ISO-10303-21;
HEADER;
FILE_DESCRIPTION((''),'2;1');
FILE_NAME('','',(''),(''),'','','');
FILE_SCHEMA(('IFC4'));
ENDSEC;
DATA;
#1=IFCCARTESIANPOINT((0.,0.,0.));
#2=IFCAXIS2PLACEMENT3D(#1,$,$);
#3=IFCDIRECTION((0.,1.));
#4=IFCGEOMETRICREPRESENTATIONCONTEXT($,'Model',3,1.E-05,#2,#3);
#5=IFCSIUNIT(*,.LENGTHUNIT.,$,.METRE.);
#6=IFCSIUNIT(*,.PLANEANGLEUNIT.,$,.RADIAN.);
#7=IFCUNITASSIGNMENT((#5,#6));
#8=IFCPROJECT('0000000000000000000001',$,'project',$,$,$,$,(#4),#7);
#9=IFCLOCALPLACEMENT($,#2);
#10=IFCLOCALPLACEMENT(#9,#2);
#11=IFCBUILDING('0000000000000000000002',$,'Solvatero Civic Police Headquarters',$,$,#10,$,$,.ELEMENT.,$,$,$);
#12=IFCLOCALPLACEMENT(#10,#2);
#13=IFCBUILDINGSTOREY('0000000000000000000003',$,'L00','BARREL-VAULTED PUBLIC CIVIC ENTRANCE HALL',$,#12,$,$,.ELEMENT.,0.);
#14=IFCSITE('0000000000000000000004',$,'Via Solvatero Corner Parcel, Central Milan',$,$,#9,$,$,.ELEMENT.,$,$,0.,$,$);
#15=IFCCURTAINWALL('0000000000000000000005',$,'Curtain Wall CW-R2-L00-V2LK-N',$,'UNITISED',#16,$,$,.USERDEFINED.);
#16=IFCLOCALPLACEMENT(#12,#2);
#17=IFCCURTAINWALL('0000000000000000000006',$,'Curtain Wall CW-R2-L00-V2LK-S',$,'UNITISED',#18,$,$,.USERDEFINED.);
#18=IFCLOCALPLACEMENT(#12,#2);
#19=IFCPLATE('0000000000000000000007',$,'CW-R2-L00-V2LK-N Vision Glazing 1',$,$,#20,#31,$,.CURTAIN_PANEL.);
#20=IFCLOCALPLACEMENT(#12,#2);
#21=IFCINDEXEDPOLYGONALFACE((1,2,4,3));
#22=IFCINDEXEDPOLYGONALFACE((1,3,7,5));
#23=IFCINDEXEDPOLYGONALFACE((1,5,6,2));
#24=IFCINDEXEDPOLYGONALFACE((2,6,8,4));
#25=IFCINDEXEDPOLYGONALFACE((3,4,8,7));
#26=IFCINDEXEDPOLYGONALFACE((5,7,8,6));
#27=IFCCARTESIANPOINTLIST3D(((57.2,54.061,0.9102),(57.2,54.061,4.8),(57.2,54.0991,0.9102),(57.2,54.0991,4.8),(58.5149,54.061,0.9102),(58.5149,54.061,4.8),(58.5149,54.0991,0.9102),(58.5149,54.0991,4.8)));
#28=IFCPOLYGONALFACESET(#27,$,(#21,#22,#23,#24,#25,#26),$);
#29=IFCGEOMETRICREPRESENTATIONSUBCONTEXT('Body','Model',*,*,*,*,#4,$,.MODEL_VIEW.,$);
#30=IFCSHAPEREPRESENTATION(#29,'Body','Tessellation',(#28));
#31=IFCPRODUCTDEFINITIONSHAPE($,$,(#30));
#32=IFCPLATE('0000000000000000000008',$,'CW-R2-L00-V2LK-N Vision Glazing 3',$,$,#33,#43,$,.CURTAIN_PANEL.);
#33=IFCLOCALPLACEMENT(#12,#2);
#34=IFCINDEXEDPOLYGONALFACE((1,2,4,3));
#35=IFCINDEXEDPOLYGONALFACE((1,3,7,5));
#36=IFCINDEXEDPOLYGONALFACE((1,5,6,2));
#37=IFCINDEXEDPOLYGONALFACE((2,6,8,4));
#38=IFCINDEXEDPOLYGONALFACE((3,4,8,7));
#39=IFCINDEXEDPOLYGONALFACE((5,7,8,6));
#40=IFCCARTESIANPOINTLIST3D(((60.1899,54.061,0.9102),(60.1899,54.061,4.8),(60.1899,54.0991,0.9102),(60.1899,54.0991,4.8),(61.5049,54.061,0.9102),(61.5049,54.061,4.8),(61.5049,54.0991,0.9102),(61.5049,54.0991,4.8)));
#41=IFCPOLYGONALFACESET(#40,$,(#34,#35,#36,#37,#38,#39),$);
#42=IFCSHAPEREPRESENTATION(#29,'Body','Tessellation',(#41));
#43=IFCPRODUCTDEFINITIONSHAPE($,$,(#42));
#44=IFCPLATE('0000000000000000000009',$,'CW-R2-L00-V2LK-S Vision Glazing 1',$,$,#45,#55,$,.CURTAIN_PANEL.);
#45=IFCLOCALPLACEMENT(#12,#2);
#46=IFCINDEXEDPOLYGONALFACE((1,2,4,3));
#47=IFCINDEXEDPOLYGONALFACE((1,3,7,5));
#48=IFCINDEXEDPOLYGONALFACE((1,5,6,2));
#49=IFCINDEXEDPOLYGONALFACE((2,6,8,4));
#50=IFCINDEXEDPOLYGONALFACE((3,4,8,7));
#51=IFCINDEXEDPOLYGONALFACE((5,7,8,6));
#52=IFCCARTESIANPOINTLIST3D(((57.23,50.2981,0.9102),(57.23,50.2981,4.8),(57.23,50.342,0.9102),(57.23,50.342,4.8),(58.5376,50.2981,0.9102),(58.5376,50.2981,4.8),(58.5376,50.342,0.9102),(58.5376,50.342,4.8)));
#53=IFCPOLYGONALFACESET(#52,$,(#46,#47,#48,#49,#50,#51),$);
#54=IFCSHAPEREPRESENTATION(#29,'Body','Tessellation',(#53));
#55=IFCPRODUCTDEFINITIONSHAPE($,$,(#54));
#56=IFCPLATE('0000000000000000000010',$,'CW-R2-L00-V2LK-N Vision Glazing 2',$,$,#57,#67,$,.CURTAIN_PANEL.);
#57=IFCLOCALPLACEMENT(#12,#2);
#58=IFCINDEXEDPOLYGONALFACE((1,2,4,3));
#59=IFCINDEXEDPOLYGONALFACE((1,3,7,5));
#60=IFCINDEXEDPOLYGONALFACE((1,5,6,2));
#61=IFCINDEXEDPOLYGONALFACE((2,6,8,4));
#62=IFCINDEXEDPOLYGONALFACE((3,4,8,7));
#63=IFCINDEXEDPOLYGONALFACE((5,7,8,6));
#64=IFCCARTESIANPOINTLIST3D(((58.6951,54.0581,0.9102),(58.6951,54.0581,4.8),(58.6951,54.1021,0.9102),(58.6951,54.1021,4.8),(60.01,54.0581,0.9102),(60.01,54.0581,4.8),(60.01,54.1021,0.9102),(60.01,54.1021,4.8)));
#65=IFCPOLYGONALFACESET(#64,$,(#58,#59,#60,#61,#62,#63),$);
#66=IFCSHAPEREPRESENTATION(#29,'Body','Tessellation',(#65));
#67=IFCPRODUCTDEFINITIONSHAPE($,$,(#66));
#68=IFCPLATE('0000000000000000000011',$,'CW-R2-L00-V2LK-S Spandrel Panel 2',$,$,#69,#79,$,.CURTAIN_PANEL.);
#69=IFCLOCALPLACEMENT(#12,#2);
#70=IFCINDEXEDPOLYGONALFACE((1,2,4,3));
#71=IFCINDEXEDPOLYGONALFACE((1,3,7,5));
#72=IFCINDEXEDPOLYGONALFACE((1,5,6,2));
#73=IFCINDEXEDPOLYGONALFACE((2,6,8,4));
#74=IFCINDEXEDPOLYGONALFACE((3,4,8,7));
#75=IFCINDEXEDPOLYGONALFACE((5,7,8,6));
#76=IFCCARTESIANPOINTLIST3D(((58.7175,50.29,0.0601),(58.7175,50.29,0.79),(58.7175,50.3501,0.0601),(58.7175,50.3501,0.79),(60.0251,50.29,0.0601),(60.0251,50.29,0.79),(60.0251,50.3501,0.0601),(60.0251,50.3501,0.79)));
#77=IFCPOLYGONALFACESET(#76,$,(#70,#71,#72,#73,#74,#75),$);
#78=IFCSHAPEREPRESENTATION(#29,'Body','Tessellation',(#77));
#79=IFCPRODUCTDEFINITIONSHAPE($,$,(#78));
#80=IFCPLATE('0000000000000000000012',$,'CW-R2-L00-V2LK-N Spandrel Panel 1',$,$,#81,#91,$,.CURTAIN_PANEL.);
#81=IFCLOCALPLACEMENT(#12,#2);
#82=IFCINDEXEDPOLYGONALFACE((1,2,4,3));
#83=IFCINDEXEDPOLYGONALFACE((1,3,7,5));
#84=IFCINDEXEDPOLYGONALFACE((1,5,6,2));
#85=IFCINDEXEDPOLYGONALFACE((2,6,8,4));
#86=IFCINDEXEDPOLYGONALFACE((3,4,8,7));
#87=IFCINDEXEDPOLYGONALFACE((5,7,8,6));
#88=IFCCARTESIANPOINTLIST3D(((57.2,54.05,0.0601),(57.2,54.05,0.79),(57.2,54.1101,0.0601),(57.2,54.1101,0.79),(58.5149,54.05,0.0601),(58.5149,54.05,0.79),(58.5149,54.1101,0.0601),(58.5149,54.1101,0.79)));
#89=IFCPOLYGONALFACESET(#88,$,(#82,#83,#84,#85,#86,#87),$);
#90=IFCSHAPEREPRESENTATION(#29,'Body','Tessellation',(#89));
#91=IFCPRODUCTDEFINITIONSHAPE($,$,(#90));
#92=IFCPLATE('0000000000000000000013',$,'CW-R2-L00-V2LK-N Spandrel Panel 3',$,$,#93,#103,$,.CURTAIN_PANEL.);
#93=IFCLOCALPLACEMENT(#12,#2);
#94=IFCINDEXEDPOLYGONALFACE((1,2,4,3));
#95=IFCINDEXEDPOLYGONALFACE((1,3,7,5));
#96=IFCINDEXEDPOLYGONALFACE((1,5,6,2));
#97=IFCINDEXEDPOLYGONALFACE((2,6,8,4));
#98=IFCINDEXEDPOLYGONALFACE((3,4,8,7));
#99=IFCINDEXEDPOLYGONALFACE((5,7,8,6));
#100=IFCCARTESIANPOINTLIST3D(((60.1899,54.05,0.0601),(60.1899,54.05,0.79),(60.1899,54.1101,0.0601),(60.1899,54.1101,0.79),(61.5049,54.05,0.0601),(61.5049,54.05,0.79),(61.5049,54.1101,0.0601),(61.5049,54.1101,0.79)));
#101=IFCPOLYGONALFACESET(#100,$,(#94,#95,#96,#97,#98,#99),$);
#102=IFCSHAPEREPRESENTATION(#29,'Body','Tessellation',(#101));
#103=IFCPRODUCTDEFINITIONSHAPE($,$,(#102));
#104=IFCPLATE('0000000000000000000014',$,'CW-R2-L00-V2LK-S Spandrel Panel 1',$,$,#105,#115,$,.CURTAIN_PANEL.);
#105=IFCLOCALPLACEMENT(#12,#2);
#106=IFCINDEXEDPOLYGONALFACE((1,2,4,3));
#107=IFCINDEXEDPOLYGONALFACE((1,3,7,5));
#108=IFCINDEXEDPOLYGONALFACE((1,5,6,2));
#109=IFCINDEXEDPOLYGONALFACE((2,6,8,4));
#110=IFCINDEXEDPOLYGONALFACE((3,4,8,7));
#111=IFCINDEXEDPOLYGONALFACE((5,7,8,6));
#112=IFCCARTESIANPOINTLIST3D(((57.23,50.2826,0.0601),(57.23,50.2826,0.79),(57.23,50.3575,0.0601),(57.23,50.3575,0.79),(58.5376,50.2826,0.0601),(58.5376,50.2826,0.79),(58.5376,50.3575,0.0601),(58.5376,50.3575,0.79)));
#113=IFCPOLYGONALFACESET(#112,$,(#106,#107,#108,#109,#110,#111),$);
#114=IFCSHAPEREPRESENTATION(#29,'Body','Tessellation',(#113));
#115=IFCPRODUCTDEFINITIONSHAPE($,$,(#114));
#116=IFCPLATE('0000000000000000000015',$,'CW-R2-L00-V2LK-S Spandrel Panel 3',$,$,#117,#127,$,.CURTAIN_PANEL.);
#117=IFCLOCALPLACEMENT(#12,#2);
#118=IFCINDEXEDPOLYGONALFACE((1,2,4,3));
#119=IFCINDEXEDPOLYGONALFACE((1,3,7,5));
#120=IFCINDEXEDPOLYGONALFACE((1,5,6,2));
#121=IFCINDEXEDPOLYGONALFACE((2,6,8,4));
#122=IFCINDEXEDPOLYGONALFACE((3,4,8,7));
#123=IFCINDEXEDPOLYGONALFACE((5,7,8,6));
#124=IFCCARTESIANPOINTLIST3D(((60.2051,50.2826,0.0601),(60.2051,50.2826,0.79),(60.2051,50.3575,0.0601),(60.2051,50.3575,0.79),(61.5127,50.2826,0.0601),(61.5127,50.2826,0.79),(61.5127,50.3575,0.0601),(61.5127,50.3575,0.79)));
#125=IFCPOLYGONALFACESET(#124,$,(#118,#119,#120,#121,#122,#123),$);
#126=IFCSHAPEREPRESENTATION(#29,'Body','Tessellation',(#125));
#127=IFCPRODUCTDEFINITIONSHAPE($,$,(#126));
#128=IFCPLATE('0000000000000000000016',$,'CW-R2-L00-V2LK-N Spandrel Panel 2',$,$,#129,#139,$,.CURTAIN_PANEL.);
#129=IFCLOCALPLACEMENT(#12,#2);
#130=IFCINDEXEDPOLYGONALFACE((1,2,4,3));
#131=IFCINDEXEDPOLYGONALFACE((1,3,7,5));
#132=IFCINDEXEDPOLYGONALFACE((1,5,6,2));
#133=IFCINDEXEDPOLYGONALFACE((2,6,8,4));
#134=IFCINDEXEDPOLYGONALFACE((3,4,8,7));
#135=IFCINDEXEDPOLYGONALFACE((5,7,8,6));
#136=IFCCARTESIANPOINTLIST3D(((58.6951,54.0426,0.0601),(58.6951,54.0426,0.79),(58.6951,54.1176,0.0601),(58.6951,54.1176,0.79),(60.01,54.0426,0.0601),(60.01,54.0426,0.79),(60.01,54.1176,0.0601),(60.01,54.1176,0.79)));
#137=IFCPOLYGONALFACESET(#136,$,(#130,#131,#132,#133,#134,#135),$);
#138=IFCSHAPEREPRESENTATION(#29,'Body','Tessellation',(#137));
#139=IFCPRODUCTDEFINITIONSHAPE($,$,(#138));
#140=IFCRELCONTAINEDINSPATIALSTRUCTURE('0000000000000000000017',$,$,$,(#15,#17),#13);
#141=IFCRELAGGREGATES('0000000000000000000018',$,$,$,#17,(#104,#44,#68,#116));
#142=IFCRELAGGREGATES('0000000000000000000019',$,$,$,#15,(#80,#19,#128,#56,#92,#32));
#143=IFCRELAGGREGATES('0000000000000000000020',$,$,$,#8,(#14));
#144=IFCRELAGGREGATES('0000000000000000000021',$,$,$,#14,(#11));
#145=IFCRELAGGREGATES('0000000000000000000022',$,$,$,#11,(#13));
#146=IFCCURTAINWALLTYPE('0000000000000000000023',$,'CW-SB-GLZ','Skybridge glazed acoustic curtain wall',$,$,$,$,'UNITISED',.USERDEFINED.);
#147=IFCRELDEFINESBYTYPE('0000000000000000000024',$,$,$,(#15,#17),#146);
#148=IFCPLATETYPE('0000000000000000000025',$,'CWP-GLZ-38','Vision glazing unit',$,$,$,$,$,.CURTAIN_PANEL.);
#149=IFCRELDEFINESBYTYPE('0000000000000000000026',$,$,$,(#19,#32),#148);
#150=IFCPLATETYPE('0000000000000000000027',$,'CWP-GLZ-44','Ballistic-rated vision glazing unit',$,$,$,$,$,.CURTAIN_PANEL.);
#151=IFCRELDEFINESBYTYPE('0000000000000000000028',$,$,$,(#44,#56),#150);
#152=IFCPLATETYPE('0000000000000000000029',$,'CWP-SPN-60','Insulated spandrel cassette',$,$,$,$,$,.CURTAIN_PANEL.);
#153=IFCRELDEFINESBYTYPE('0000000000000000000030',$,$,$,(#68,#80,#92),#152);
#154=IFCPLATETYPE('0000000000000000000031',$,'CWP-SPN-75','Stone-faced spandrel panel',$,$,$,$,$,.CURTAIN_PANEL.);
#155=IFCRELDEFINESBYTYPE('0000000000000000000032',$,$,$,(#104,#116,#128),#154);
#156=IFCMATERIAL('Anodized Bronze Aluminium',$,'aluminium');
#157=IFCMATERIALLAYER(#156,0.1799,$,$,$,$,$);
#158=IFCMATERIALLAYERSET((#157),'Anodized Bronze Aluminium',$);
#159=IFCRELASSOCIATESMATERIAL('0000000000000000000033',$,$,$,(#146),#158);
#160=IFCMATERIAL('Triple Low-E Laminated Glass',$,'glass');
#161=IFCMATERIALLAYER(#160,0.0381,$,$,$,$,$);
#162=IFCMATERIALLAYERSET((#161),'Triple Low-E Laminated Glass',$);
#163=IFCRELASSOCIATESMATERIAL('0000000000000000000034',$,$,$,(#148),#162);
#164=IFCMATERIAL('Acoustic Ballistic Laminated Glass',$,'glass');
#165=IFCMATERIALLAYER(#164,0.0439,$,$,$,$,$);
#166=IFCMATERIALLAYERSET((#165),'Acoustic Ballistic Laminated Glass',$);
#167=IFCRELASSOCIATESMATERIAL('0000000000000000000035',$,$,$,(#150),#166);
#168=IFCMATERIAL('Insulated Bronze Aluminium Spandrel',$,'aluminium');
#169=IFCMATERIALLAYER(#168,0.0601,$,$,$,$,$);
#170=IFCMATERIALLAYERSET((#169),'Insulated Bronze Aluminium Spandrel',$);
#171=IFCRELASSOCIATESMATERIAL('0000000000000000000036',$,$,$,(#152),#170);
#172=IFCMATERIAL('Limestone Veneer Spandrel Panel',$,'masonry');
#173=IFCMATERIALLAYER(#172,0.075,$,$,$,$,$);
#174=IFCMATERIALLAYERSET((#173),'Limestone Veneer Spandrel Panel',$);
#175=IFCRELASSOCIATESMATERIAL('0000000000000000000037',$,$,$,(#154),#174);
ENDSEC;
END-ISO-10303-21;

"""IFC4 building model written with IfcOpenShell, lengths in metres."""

from ifc_helpers import new_model, si_unit, direction, frame, origin, origin_2d, place, context, subcontext, project, spatial, rectangle, extrude, material, layer, layer_set, type_object, element, aggregate, save


model = new_model("IFC4")

# Units and contexts
model_context = context("Model", 3, precision=1e-05, world=origin(), true_north=direction((0.0, 1.0)))
body_context = subcontext(model_context, "Body", "Model", "MODEL_VIEW")
ifc_project = project(units=[si_unit("LENGTHUNIT", "METRE"), si_unit("PLANEANGLEUNIT", "RADIAN")], contexts=[model_context])

# Site, building, storey
site_placement = place(None, origin())
site = spatial("IfcSite", under=ifc_project, at=site_placement, Name="Via Solvatero Corner Parcel, Central Milan", CompositionType="ELEMENT", RefElevation=0.0)
building_placement = place(site_placement, origin())
building = spatial("IfcBuilding", under=site, at=building_placement, Name="Solvatero Civic Police Headquarters", CompositionType="ELEMENT")
storey_placement = place(building_placement, origin())
storey = spatial("IfcBuildingStorey", under=building, at=storey_placement, Name="L00", Description="BARREL-VAULTED PUBLIC CIVIC ENTRANCE HALL", CompositionType="ELEMENT", Elevation=0.0)

# Curtain wall
ifc_material_1 = material(Name="Anodized Bronze Aluminium", Category="aluminium")
ifc_layer_1 = layer(ifc_material_1, 0.1799)
ifc_layer_set_1 = layer_set([ifc_layer_1], Name="Anodized Bronze Aluminium")
curtain_wall_type_1 = type_object("IfcCurtainWallType", Name="CW-SB-GLZ", Description="Skybridge glazed acoustic curtain wall", ElementType="UNITISED", PredefinedType="USERDEFINED", material=ifc_layer_set_1)
curtain_wall_1_placement = place(storey_placement, origin())
curtain_wall_1 = element("IfcCurtainWall", 1, at=curtain_wall_1_placement, inside=storey, type_object=curtain_wall_type_1, Name="Curtain Wall CW-R2-L00-V2LK-N", ObjectType="UNITISED", PredefinedType="USERDEFINED")

# Curtain wall
curtain_wall_2_placement = place(storey_placement, origin())
curtain_wall_2 = element("IfcCurtainWall", 2, at=curtain_wall_2_placement, inside=storey, type_object=curtain_wall_type_1, Name="Curtain Wall CW-R2-L00-V2LK-S", ObjectType="UNITISED", PredefinedType="USERDEFINED")

# Plates
ifc_material_2 = material(Name="Triple Low-E Laminated Glass", Category="glass")
ifc_layer_2 = layer(ifc_material_2, 0.0381)
ifc_layer_set_2 = layer_set([ifc_layer_2], Name="Triple Low-E Laminated Glass")
plate_type_1 = type_object("IfcPlateType", Name="CWP-GLZ-38", Description="Vision glazing unit", PredefinedType="CURTAIN_PANEL", material=ifc_layer_set_2)
plate_1_placement = place(storey_placement, frame((57.8574, 54.0801, 0.9102), z_axis=(0.0, 0.0, 1.0), x_axis=(1.0, 0.0, 0.0)))
plate_1 = element("IfcPlate", 3, at=plate_1_placement, type_object=plate_type_1, Name="CW-R2-L00-V2LK-N Vision Glazing 1", PredefinedType="CURTAIN_PANEL", context=body_context, shape_type="SweptSolid", body=[
    extrude(rectangle(XDim=1.3149, YDim=0.0381, at=origin_2d()), origin(), (0.0, 0.0, 1.0), 3.8899),
])
plate_2_placement = place(storey_placement, frame((60.8474, 54.0801, 0.9102), z_axis=(0.0, 0.0, 1.0), x_axis=(1.0, 0.0, 0.0)))
plate_2 = element("IfcPlate", 4, at=plate_2_placement, type_object=plate_type_1, Name="CW-R2-L00-V2LK-N Vision Glazing 3", PredefinedType="CURTAIN_PANEL", context=body_context, shape_type="SweptSolid", body=[
    extrude(rectangle(XDim=1.3149, YDim=0.0381, at=origin_2d()), origin(), (0.0, 0.0, 1.0), 3.8899),
])
ifc_material_3 = material(Name="Acoustic Ballistic Laminated Glass", Category="glass")
ifc_layer_3 = layer(ifc_material_3, 0.0439)
ifc_layer_set_3 = layer_set([ifc_layer_3], Name="Acoustic Ballistic Laminated Glass")
plate_type_2 = type_object("IfcPlateType", Name="CWP-GLZ-44", Description="Ballistic-rated vision glazing unit", PredefinedType="CURTAIN_PANEL", material=ifc_layer_set_3)
plate_3_placement = place(storey_placement, frame((57.8838, 50.3201, 0.9102), z_axis=(0.0, 0.0, 1.0), x_axis=(1.0, 0.0, 0.0)))
plate_3 = element("IfcPlate", 5, at=plate_3_placement, type_object=plate_type_2, Name="CW-R2-L00-V2LK-S Vision Glazing 1", PredefinedType="CURTAIN_PANEL", context=body_context, shape_type="SweptSolid", body=[
    extrude(rectangle(XDim=1.3076, YDim=0.0439, at=origin_2d()), origin(), (0.0, 0.0, 1.0), 3.8899),
])
plate_4_placement = place(storey_placement, frame((59.3525, 54.0801, 0.9102), z_axis=(0.0, 0.0, 1.0), x_axis=(1.0, 0.0, 0.0)))
plate_4 = element("IfcPlate", 6, at=plate_4_placement, type_object=plate_type_2, Name="CW-R2-L00-V2LK-N Vision Glazing 2", PredefinedType="CURTAIN_PANEL", context=body_context, shape_type="SweptSolid", body=[
    extrude(rectangle(XDim=1.3149, YDim=0.0439, at=origin_2d()), origin(), (0.0, 0.0, 1.0), 3.8899),
])
ifc_material_4 = material(Name="Insulated Bronze Aluminium Spandrel", Category="aluminium")
ifc_layer_4 = layer(ifc_material_4, 0.0601)
ifc_layer_set_4 = layer_set([ifc_layer_4], Name="Insulated Bronze Aluminium Spandrel")
plate_type_3 = type_object("IfcPlateType", Name="CWP-SPN-60", Description="Insulated spandrel cassette", PredefinedType="CURTAIN_PANEL", material=ifc_layer_set_4)
plate_5_placement = place(storey_placement, frame((59.3713, 50.3201, 0.0601), z_axis=(0.0, 0.0, 1.0), x_axis=(1.0, 0.0, 0.0)))
plate_5 = element("IfcPlate", 7, at=plate_5_placement, type_object=plate_type_3, Name="CW-R2-L00-V2LK-S Spandrel Panel 2", PredefinedType="CURTAIN_PANEL", context=body_context, shape_type="SweptSolid", body=[
    extrude(rectangle(XDim=1.3076, YDim=0.0601, at=origin_2d()), origin(), (0.0, 0.0, 1.0), 0.73),
])
plate_6_placement = place(storey_placement, frame((57.8574, 54.0801, 0.0601), z_axis=(0.0, 0.0, 1.0), x_axis=(1.0, 0.0, 0.0)))
plate_6 = element("IfcPlate", 8, at=plate_6_placement, type_object=plate_type_3, Name="CW-R2-L00-V2LK-N Spandrel Panel 1", PredefinedType="CURTAIN_PANEL", context=body_context, shape_type="SweptSolid", body=[
    extrude(rectangle(XDim=1.3149, YDim=0.0601, at=origin_2d()), origin(), (0.0, 0.0, 1.0), 0.73),
])
plate_7_placement = place(storey_placement, frame((60.8474, 54.0801, 0.0601), z_axis=(0.0, 0.0, 1.0), x_axis=(1.0, 0.0, 0.0)))
plate_7 = element("IfcPlate", 9, at=plate_7_placement, type_object=plate_type_3, Name="CW-R2-L00-V2LK-N Spandrel Panel 3", PredefinedType="CURTAIN_PANEL", context=body_context, shape_type="SweptSolid", body=[
    extrude(rectangle(XDim=1.3149, YDim=0.0601, at=origin_2d()), origin(), (0.0, 0.0, 1.0), 0.73),
])
ifc_material_5 = material(Name="Limestone Veneer Spandrel Panel", Category="masonry")
ifc_layer_5 = layer(ifc_material_5, 0.075)
ifc_layer_set_5 = layer_set([ifc_layer_5], Name="Limestone Veneer Spandrel Panel")
plate_type_4 = type_object("IfcPlateType", Name="CWP-SPN-75", Description="Stone-faced spandrel panel", PredefinedType="CURTAIN_PANEL", material=ifc_layer_set_5)
plate_8_placement = place(storey_placement, frame((57.8838, 50.3201, 0.0601), z_axis=(0.0, 0.0, 1.0), x_axis=(1.0, 0.0, 0.0)))
plate_8 = element("IfcPlate", 10, at=plate_8_placement, type_object=plate_type_4, Name="CW-R2-L00-V2LK-S Spandrel Panel 1", PredefinedType="CURTAIN_PANEL", context=body_context, shape_type="SweptSolid", body=[
    extrude(rectangle(XDim=1.3076, YDim=0.075, at=origin_2d()), origin(), (0.0, 0.0, 1.0), 0.73),
])
plate_9_placement = place(storey_placement, frame((60.8589, 50.3201, 0.0601), z_axis=(0.0, 0.0, 1.0), x_axis=(1.0, 0.0, 0.0)))
plate_9 = element("IfcPlate", 11, at=plate_9_placement, type_object=plate_type_4, Name="CW-R2-L00-V2LK-S Spandrel Panel 3", PredefinedType="CURTAIN_PANEL", context=body_context, shape_type="SweptSolid", body=[
    extrude(rectangle(XDim=1.3076, YDim=0.075, at=origin_2d()), origin(), (0.0, 0.0, 1.0), 0.73),
])
aggregate(curtain_wall_2, [plate_8, plate_3, plate_5, plate_9])
plate_10_placement = place(storey_placement, frame((59.3525, 54.0801, 0.0601), z_axis=(0.0, 0.0, 1.0), x_axis=(1.0, 0.0, 0.0)))
plate_10 = element("IfcPlate", 12, at=plate_10_placement, type_object=plate_type_4, Name="CW-R2-L00-V2LK-N Spandrel Panel 2", PredefinedType="CURTAIN_PANEL", context=body_context, shape_type="SweptSolid", body=[
    extrude(rectangle(XDim=1.3149, YDim=0.075, at=origin_2d()), origin(), (0.0, 0.0, 1.0), 0.73),
])
aggregate(curtain_wall_1, [plate_6, plate_1, plate_10, plate_4, plate_7, plate_2])

save(model, "model.ifc")
